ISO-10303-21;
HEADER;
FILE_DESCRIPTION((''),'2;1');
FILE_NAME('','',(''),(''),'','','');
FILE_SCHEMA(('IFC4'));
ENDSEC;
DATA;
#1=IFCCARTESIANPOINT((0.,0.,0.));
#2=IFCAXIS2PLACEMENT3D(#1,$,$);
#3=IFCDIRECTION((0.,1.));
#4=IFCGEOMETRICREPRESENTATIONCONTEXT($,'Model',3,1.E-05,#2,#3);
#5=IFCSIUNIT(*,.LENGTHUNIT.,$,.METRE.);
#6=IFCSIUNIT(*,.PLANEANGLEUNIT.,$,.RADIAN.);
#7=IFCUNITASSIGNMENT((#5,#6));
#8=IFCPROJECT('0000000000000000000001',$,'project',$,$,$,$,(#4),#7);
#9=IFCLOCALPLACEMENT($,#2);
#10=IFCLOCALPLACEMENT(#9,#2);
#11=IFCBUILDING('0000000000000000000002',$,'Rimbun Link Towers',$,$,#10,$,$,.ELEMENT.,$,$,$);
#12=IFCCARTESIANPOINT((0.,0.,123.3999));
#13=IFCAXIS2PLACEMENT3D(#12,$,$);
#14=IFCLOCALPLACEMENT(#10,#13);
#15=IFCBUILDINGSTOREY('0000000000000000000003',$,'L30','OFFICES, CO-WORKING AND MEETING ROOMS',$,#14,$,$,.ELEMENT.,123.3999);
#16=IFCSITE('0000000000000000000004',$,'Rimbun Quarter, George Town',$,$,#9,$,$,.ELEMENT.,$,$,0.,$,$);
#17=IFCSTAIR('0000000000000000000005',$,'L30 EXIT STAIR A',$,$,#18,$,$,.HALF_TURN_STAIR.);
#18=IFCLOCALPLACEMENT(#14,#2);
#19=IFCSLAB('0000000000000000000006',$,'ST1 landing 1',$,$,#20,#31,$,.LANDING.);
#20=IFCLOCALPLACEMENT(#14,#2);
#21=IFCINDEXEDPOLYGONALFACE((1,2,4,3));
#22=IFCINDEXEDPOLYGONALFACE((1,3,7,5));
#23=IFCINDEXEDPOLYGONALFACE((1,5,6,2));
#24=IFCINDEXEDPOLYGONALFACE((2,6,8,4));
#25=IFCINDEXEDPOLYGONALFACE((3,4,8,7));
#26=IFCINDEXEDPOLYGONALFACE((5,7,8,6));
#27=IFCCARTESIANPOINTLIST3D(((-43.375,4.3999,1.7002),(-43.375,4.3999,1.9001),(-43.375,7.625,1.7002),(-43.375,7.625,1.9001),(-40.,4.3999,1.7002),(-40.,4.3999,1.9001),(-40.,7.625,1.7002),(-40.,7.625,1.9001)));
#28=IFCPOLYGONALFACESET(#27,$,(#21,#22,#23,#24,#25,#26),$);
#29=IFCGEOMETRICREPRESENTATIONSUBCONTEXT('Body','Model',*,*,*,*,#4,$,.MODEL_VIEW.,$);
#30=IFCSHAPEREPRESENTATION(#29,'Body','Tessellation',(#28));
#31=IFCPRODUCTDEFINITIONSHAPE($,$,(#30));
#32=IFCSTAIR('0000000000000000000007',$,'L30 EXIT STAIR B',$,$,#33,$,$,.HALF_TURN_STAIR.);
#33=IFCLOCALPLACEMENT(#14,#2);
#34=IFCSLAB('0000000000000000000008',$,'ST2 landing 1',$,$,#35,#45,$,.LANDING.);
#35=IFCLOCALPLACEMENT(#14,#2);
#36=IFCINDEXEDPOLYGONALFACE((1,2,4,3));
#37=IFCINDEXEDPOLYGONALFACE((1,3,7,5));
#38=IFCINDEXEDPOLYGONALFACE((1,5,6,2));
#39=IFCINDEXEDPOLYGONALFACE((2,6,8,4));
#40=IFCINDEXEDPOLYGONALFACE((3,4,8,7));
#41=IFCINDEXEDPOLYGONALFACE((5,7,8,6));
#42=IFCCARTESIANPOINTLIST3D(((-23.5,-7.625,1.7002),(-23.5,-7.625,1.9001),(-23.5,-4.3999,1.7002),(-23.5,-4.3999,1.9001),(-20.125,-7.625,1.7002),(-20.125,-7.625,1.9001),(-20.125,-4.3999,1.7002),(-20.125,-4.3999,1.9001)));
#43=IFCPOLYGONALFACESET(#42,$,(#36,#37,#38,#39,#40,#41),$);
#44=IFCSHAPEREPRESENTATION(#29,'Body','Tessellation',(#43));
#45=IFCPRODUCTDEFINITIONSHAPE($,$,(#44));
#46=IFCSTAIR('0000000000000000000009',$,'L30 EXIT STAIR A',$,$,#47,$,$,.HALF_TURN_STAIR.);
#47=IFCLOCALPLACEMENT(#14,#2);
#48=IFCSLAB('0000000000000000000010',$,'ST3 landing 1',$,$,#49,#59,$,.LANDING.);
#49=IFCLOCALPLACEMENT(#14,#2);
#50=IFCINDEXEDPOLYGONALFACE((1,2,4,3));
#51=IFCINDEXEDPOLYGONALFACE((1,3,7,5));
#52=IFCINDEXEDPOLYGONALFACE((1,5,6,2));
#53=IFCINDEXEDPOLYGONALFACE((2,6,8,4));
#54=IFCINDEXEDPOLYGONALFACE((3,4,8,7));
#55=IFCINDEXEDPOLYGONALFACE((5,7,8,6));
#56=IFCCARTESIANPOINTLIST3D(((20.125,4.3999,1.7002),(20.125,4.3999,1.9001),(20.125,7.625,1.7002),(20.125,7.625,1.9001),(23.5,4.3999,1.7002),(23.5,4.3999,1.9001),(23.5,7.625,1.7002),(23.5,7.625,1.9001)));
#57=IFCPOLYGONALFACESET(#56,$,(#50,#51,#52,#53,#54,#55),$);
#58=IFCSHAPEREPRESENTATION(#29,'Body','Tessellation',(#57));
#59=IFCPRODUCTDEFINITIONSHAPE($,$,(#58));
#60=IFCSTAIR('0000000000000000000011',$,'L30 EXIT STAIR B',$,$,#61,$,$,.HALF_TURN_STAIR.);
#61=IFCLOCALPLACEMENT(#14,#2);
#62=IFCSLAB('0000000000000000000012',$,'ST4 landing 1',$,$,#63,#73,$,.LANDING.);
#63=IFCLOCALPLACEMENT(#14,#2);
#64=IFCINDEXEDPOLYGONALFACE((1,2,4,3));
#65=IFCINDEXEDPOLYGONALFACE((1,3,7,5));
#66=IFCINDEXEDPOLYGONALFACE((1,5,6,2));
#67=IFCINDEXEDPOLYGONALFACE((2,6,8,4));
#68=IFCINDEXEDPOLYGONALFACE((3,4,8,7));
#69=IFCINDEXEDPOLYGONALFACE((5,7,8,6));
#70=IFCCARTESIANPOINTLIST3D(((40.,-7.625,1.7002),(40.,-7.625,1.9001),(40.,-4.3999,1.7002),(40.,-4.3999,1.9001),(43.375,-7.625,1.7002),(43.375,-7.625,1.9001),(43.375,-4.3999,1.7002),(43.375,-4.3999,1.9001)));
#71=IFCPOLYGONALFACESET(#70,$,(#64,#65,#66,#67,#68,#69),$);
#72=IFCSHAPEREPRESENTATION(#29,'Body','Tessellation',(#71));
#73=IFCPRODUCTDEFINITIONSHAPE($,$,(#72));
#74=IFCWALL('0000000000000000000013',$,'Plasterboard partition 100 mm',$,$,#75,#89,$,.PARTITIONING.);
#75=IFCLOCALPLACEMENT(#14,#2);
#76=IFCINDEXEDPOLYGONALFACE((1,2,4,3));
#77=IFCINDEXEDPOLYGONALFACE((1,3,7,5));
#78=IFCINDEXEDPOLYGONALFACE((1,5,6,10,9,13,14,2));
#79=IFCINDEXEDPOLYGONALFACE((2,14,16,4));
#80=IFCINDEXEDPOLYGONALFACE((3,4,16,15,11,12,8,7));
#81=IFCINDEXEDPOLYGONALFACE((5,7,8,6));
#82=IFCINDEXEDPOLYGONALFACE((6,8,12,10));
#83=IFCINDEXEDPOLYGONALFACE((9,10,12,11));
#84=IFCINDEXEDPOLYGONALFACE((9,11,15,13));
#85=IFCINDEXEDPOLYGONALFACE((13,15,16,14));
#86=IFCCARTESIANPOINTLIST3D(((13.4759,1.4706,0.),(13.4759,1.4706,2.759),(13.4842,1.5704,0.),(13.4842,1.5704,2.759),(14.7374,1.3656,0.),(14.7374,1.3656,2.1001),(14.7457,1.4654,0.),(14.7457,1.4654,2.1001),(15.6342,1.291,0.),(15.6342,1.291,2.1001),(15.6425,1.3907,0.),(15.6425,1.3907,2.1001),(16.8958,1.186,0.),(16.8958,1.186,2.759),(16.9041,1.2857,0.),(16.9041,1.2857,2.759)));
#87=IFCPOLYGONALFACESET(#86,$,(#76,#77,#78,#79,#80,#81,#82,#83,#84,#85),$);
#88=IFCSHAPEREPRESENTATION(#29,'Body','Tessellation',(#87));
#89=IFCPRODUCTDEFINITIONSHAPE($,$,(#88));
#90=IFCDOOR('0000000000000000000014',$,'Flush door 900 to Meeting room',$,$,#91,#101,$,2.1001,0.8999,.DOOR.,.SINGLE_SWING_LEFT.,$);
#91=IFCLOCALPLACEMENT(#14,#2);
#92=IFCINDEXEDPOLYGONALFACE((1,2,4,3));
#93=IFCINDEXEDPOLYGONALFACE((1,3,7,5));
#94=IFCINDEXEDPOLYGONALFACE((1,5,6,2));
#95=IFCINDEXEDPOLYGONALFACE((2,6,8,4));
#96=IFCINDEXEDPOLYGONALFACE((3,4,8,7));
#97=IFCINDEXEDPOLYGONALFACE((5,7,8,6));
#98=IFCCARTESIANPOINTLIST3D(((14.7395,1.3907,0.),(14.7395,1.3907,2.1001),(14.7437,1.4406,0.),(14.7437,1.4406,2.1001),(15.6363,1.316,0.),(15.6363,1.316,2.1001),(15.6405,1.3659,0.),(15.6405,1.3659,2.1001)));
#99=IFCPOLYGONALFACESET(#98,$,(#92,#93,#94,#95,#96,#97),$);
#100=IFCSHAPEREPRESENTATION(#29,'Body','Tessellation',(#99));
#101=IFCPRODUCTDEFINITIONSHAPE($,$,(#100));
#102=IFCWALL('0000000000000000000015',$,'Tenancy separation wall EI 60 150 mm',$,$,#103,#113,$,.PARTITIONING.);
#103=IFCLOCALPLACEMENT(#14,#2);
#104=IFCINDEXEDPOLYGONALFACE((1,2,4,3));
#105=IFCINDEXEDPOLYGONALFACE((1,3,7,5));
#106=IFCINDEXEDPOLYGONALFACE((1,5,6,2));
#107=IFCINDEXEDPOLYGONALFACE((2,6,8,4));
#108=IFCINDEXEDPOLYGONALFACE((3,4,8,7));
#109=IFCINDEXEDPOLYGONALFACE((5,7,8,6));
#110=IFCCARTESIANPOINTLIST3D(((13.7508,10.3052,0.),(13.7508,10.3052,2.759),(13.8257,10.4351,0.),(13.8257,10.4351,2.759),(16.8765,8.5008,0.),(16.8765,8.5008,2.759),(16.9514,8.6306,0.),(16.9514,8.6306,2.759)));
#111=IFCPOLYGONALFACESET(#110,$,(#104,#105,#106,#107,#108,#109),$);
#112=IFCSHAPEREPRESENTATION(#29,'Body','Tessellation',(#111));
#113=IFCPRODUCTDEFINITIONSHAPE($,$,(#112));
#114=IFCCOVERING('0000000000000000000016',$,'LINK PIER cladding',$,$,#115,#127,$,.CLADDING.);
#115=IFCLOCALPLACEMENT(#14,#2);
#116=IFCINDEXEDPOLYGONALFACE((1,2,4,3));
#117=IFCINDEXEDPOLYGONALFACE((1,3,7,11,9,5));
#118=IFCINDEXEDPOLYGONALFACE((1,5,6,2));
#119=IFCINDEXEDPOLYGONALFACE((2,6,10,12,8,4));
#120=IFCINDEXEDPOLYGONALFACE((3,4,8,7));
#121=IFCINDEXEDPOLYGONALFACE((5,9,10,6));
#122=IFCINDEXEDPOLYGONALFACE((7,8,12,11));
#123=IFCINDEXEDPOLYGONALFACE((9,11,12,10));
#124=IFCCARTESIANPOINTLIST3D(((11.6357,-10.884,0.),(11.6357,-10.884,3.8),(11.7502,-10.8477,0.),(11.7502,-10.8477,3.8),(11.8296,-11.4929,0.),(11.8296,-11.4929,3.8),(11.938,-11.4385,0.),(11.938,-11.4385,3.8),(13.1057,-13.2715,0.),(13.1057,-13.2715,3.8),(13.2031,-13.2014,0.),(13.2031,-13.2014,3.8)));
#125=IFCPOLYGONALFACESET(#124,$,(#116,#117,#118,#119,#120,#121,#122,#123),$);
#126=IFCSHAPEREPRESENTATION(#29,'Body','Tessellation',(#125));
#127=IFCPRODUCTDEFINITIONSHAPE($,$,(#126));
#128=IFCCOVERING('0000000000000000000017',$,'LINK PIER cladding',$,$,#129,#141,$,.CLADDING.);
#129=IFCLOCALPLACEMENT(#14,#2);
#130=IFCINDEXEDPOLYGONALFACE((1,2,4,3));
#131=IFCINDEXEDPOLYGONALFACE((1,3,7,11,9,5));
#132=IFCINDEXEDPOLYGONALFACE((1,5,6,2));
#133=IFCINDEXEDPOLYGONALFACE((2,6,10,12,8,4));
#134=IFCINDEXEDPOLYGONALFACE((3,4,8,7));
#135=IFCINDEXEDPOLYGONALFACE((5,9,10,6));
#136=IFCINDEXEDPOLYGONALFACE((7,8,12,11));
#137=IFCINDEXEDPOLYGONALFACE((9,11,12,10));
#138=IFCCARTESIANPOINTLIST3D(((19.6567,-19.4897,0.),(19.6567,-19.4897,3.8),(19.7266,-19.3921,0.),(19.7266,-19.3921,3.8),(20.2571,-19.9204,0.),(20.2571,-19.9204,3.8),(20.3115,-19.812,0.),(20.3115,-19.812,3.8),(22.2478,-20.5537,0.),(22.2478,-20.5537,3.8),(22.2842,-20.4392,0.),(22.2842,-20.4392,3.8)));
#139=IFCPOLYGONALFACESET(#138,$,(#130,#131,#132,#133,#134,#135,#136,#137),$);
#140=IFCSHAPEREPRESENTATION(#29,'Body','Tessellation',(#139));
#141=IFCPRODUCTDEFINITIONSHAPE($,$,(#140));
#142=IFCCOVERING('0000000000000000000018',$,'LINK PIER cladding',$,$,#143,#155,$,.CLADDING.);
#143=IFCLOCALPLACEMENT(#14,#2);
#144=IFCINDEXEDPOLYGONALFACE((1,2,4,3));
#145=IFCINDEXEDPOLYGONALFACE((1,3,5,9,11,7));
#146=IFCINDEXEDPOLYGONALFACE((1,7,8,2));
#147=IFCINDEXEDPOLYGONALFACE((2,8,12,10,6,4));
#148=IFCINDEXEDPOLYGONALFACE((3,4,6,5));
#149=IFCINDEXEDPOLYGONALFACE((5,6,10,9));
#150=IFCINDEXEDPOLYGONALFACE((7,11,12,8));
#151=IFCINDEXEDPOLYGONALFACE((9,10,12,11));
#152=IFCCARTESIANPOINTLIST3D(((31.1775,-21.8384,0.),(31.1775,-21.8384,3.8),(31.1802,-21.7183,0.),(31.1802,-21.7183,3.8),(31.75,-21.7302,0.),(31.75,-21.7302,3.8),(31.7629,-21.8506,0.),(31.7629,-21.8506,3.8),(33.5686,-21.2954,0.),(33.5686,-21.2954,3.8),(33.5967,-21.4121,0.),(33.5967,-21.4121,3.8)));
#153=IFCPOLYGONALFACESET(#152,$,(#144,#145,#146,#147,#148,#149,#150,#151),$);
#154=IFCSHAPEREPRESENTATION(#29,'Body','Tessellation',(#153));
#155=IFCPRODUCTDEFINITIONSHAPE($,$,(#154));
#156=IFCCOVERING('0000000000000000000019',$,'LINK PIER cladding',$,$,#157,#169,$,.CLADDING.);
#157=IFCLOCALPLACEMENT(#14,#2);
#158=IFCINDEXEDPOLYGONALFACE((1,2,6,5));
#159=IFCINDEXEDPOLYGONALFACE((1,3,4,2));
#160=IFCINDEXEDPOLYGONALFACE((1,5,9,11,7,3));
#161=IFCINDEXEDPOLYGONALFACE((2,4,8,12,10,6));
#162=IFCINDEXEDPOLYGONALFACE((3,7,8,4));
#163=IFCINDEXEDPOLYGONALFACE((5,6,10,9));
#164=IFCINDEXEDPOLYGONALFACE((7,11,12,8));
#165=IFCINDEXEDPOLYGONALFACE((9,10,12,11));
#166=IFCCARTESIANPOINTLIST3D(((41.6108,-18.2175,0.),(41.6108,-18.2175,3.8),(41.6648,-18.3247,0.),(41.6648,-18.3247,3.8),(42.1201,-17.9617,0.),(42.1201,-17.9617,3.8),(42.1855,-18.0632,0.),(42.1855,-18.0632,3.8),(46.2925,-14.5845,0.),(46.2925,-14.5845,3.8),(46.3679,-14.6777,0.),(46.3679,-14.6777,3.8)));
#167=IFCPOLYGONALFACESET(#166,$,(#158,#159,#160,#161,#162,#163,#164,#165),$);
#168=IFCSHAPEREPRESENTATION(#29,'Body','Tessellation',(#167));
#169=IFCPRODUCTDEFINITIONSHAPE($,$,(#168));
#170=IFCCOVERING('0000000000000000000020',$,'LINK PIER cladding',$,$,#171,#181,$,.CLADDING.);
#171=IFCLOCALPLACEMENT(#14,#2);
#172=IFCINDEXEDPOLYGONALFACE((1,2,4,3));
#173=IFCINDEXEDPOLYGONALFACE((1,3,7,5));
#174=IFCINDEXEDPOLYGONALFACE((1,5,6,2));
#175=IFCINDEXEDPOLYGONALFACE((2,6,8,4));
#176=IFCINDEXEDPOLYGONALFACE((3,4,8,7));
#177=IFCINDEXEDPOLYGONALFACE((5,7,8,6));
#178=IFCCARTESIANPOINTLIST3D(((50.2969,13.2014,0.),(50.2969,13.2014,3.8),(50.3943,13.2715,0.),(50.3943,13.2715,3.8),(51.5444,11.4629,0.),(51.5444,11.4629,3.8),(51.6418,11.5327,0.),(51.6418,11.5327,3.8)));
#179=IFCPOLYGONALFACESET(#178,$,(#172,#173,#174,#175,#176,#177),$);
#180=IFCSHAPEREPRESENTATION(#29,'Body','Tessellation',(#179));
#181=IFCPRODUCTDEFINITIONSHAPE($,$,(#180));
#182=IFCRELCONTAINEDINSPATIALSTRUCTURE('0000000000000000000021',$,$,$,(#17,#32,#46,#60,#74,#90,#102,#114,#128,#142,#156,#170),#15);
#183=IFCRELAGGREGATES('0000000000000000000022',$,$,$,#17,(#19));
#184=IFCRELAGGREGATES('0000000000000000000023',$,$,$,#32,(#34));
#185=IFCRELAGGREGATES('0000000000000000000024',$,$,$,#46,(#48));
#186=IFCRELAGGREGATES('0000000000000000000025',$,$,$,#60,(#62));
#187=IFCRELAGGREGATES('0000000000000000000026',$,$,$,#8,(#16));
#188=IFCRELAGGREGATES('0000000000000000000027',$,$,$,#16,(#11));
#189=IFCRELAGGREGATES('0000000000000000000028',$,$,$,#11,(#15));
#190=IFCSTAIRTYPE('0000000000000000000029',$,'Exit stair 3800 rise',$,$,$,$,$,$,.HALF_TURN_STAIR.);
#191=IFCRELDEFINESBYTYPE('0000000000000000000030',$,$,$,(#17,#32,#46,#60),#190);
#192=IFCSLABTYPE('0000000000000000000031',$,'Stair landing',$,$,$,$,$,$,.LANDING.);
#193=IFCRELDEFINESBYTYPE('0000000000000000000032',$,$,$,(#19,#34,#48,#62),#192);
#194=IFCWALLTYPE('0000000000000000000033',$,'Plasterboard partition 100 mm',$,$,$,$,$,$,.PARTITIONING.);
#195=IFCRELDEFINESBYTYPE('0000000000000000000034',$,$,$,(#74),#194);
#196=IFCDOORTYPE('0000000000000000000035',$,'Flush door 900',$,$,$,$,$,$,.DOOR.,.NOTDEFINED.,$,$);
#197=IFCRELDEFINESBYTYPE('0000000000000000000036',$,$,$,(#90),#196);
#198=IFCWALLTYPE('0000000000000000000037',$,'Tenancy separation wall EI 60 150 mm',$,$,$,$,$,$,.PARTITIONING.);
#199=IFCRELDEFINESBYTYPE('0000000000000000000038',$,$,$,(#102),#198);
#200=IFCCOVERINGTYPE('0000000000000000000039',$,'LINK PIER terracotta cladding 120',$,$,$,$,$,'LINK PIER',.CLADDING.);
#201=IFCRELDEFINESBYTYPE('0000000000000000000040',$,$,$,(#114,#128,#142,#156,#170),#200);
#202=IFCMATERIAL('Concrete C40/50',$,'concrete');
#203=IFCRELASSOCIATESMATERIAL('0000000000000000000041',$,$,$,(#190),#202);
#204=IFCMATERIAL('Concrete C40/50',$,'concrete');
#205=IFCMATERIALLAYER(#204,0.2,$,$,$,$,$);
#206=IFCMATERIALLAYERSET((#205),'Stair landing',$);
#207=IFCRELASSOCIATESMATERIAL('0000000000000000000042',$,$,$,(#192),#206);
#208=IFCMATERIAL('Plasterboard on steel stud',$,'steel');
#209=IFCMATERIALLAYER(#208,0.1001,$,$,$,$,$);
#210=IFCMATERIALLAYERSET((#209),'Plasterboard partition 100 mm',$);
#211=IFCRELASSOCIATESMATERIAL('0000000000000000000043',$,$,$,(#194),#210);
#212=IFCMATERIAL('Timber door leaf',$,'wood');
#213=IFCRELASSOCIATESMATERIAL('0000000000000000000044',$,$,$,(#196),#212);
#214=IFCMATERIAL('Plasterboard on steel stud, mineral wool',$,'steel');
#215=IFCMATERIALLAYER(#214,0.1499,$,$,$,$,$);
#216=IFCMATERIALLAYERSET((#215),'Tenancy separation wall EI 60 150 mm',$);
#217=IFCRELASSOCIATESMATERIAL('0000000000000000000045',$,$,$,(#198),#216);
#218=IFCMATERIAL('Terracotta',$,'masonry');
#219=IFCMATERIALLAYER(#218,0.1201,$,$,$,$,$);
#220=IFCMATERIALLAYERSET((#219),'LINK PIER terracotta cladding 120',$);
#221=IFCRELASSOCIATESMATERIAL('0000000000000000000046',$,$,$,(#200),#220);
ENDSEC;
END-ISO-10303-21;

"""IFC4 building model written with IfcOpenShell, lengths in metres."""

from ifc_helpers import new_model, si_unit, direction, frame, frame_2d, origin, place, context, subcontext, project, spatial, polyline, rectangle, outline, extrude, material, layer, layer_set, type_object, element, fill, aggregate, save


model = new_model("IFC4")

# Units and contexts
model_context = context("Model", 3, precision=1e-05, world=origin(), true_north=direction((0.0, 1.0)))
body_context = subcontext(model_context, "Body", "Model", "MODEL_VIEW")
ifc_project = project(units=[si_unit("LENGTHUNIT", "METRE"), si_unit("PLANEANGLEUNIT", "RADIAN")], contexts=[model_context])

# Site, building, storey
site_placement = place(None, origin())
site = spatial("IfcSite", under=ifc_project, at=site_placement, Name="Rimbun Quarter, George Town", CompositionType="ELEMENT", RefElevation=0.0)
building_placement = place(site_placement, origin())
building = spatial("IfcBuilding", under=site, at=building_placement, Name="Rimbun Link Towers", CompositionType="ELEMENT")
storey_placement = place(building_placement, frame((0.0, 0.0, 123.3999)))
storey = spatial("IfcBuildingStorey", under=building, at=storey_placement, Name="L30", Description="OFFICES, CO-WORKING AND MEETING ROOMS", CompositionType="ELEMENT", Elevation=123.3999)

# Stairs, slabs
ifc_material_1 = material(Name="Concrete C40/50", Category="concrete")
stair_type = type_object("IfcStairType", Name="Exit stair 3800 rise", PredefinedType="HALF_TURN_STAIR", material=ifc_material_1)
stair_1_placement = place(storey_placement, origin())
stair_1 = element("IfcStair", 1, at=stair_1_placement, inside=storey, type_object=stair_type, Name="L30 EXIT STAIR A", PredefinedType="HALF_TURN_STAIR")
ifc_material_2 = material(Name="Concrete C40/50", Category="concrete")
ifc_layer_1 = layer(ifc_material_2, 0.2)
ifc_layer_set_1 = layer_set([ifc_layer_1], Name="Stair landing")
slab_type = type_object("IfcSlabType", Name="Stair landing", PredefinedType="LANDING", material=ifc_layer_set_1)
slab_1_placement = place(storey_placement, frame((0.0, 0.0, 1.7002)))
slab_1 = element("IfcSlab", 2, at=slab_1_placement, type_object=slab_type, Name="ST1 landing 1", PredefinedType="LANDING", context=body_context, shape_type="SweptSolid", body=[
    extrude(outline(polyline([(-40.0, 7.625), (-43.375, 7.625), (-43.375, 4.3999), (-40.0, 4.3999), (-40.0, 7.625)])), origin(), (0.0, 0.0, 1.0), 0.2),
])
aggregate(stair_1, [slab_1])
stair_2_placement = place(storey_placement, origin())
stair_2 = element("IfcStair", 3, at=stair_2_placement, inside=storey, type_object=stair_type, Name="L30 EXIT STAIR B", PredefinedType="HALF_TURN_STAIR")
slab_2_placement = place(storey_placement, frame((0.0, 0.0, 1.7002)))
slab_2 = element("IfcSlab", 4, at=slab_2_placement, type_object=slab_type, Name="ST2 landing 1", PredefinedType="LANDING", context=body_context, shape_type="SweptSolid", body=[
    extrude(outline(polyline([(-23.5, -7.625), (-20.125, -7.625), (-20.125, -4.3999), (-23.5, -4.3999), (-23.5, -7.625)])), origin(), (0.0, 0.0, 1.0), 0.2),
])
aggregate(stair_2, [slab_2])
stair_3_placement = place(storey_placement, origin())
stair_3 = element("IfcStair", 5, at=stair_3_placement, inside=storey, type_object=stair_type, Name="L30 EXIT STAIR A", PredefinedType="HALF_TURN_STAIR")
slab_3_placement = place(storey_placement, frame((0.0, 0.0, 1.7002)))
slab_3 = element("IfcSlab", 6, at=slab_3_placement, type_object=slab_type, Name="ST3 landing 1", PredefinedType="LANDING", context=body_context, shape_type="SweptSolid", body=[
    extrude(outline(polyline([(23.5, 7.625), (20.125, 7.625), (20.125, 4.3999), (23.5, 4.3999), (23.5, 7.625)])), origin(), (0.0, 0.0, 1.0), 0.2),
])
aggregate(stair_3, [slab_3])
stair_4_placement = place(storey_placement, origin())
stair_4 = element("IfcStair", 7, at=stair_4_placement, inside=storey, type_object=stair_type, Name="L30 EXIT STAIR B", PredefinedType="HALF_TURN_STAIR")
slab_4_placement = place(storey_placement, frame((0.0, 0.0, 1.7002)))
slab_4 = element("IfcSlab", 8, at=slab_4_placement, type_object=slab_type, Name="ST4 landing 1", PredefinedType="LANDING", context=body_context, shape_type="SweptSolid", body=[
    extrude(outline(polyline([(40.0, -7.625), (43.375, -7.625), (43.375, -4.3999), (40.0, -4.3999), (40.0, -7.625)])), origin(), (0.0, 0.0, 1.0), 0.2),
])
aggregate(stair_4, [slab_4])

# Wall, opening, door
ifc_material_3 = material(Name="Plasterboard on steel stud", Category="steel")
ifc_layer_2 = layer(ifc_material_3, 0.1001)
ifc_layer_set_2 = layer_set([ifc_layer_2], Name="Plasterboard partition 100 mm")
wall_type_1 = type_object("IfcWallType", Name="Plasterboard partition 100 mm", PredefinedType="PARTITIONING", material=ifc_layer_set_2)
wall_1_placement = place(storey_placement, frame((16.8999, 1.2358, 0.0), z_axis=(0.0, 0.0, 1.0), x_axis=(-0.996554, 0.082951, 0.0)))
wall_1 = element("IfcWall", 9, at=wall_1_placement, inside=storey, type_object=wall_type_1, Name="Plasterboard partition 100 mm", PredefinedType="PARTITIONING", context=body_context, shape_type="SweptSolid", body=[
    extrude(rectangle(XDim=3.4316, YDim=0.1001, at=frame_2d((1.7158, 0.0))), origin(), (0.0, 0.0, 1.0), 2.759),
])
opening_placement = place(wall_1_placement, frame((1.2659, 0.0, 0.0)))
opening = element("IfcOpeningElement", 10, at=opening_placement, cuts=wall_1, PredefinedType="OPENING", context=body_context, shape_type="SweptSolid", body=[
    extrude(rectangle(XDim=0.8999, YDim=2.1001, at=frame_2d((0.45, 1.05))), frame((0.0, 0.0601, 0.0), z_axis=(0.0, -1.0, 0.0), x_axis=(1.0, 0.0, 0.0)), (0.0, 0.0, 1.0), 0.1201),
])
ifc_material_4 = material(Name="Timber door leaf", Category="wood")
door_type = type_object("IfcDoorType", Name="Flush door 900", OperationType="NOTDEFINED", PredefinedType="DOOR", material=ifc_material_4)
door_placement = place(opening_placement, origin())
door = element("IfcDoor", 11, at=door_placement, inside=storey, type_object=door_type, Name="Flush door 900 to Meeting room", OperationType="SINGLE_SWING_LEFT", OverallHeight=2.1001, OverallWidth=0.8999, PredefinedType="DOOR", context=body_context, shape_type="SweptSolid", body=[
    extrude(rectangle(XDim=0.8999, YDim=2.1001, at=frame_2d((0.45, 1.05))), frame((0.0, 0.0249, 0.0), z_axis=(0.0, -1.0, 0.0), x_axis=(1.0, 0.0, 0.0)), (0.0, 0.0, 1.0), 0.05),
])
fill(opening, door)

# Wall
ifc_material_5 = material(Name="Plasterboard on steel stud, mineral wool", Category="steel")
ifc_layer_3 = layer(ifc_material_5, 0.1499)
ifc_layer_set_3 = layer_set([ifc_layer_3], Name="Tenancy separation wall EI 60 150 mm")
wall_type_2 = type_object("IfcWallType", Name="Tenancy separation wall EI 60 150 mm", PredefinedType="PARTITIONING", material=ifc_layer_set_3)
wall_2_placement = place(storey_placement, frame((16.9141, 8.5657, 0.0), z_axis=(0.0, 0.0, 1.0), x_axis=(-0.866049, 0.499959, 0.0)))
element("IfcWall", 12, at=wall_2_placement, inside=storey, type_object=wall_type_2, Name="Tenancy separation wall EI 60 150 mm", PredefinedType="PARTITIONING", context=body_context, shape_type="SweptSolid", body=[
    extrude(rectangle(XDim=3.6091, YDim=0.1499, at=frame_2d((1.8047, 0.0))), origin(), (0.0, 0.0, 1.0), 2.759),
])

# Coverings
ifc_material_6 = material(Name="Terracotta", Category="masonry")
ifc_layer_4 = layer(ifc_material_6, 0.1201)
ifc_layer_set_4 = layer_set([ifc_layer_4], Name="LINK PIER terracotta cladding 120")
covering_type_1 = type_object("IfcCoveringType", Name="LINK PIER terracotta cladding 120", ElementType="LINK PIER", PredefinedType="CLADDING", material=ifc_layer_set_4)
covering_1_placement = place(storey_placement, origin())
element("IfcCovering", 13, at=covering_1_placement, inside=storey, type_object=covering_type_1, Name="LINK PIER cladding", PredefinedType="CLADDING", context=body_context, shape_type="SweptSolid", body=[
    extrude(outline(polyline([(13.2031, -13.2014), (11.938, -11.4385), (11.7502, -10.8477), (11.6357, -10.884), (11.8296, -11.4929), (13.1057, -13.2715), (13.2031, -13.2014)])), origin(), (0.0, 0.0, 1.0), 3.8),
])
covering_2_placement = place(storey_placement, origin())
element("IfcCovering", 14, at=covering_2_placement, inside=storey, type_object=covering_type_1, Name="LINK PIER cladding", PredefinedType="CLADDING", context=body_context, shape_type="SweptSolid", body=[
    extrude(outline(polyline([(22.2842, -20.4392), (20.3115, -19.812), (19.7266, -19.3921), (19.6567, -19.4897), (20.2571, -19.9204), (22.2478, -20.5537), (22.2842, -20.4392)])), origin(), (0.0, 0.0, 1.0), 3.8),
])
covering_3_placement = place(storey_placement, origin())
element("IfcCovering", 15, at=covering_3_placement, inside=storey, type_object=covering_type_1, Name="LINK PIER cladding", PredefinedType="CLADDING", context=body_context, shape_type="SweptSolid", body=[
    extrude(outline(polyline([(33.5686, -21.2954), (31.75, -21.7302), (31.1802, -21.7183), (31.1775, -21.8384), (31.7629, -21.8506), (33.5967, -21.4121), (33.5686, -21.2954)])), origin(), (0.0, 0.0, 1.0), 3.8),
])
covering_4_placement = place(storey_placement, origin())
element("IfcCovering", 16, at=covering_4_placement, inside=storey, type_object=covering_type_1, Name="LINK PIER cladding", PredefinedType="CLADDING", context=body_context, shape_type="SweptSolid", body=[
    extrude(outline(polyline([(46.2925, -14.5845), (42.1201, -17.9617), (41.6108, -18.2175), (41.6648, -18.3247), (42.1855, -18.0632), (46.3679, -14.6777), (46.2925, -14.5845)])), origin(), (0.0, 0.0, 1.0), 3.8),
])
covering_5_placement = place(storey_placement, origin())
element("IfcCovering", 17, at=covering_5_placement, inside=storey, type_object=covering_type_1, Name="LINK PIER cladding", PredefinedType="CLADDING", context=body_context, shape_type="SweptSolid", body=[
    extrude(outline(polyline([(50.2969, 13.2014), (51.5444, 11.4629), (51.6418, 11.5327), (50.3943, 13.2715), (50.2969, 13.2014)])), origin(), (0.0, 0.0, 1.0), 3.8),
])

save(model, "model.ifc")
